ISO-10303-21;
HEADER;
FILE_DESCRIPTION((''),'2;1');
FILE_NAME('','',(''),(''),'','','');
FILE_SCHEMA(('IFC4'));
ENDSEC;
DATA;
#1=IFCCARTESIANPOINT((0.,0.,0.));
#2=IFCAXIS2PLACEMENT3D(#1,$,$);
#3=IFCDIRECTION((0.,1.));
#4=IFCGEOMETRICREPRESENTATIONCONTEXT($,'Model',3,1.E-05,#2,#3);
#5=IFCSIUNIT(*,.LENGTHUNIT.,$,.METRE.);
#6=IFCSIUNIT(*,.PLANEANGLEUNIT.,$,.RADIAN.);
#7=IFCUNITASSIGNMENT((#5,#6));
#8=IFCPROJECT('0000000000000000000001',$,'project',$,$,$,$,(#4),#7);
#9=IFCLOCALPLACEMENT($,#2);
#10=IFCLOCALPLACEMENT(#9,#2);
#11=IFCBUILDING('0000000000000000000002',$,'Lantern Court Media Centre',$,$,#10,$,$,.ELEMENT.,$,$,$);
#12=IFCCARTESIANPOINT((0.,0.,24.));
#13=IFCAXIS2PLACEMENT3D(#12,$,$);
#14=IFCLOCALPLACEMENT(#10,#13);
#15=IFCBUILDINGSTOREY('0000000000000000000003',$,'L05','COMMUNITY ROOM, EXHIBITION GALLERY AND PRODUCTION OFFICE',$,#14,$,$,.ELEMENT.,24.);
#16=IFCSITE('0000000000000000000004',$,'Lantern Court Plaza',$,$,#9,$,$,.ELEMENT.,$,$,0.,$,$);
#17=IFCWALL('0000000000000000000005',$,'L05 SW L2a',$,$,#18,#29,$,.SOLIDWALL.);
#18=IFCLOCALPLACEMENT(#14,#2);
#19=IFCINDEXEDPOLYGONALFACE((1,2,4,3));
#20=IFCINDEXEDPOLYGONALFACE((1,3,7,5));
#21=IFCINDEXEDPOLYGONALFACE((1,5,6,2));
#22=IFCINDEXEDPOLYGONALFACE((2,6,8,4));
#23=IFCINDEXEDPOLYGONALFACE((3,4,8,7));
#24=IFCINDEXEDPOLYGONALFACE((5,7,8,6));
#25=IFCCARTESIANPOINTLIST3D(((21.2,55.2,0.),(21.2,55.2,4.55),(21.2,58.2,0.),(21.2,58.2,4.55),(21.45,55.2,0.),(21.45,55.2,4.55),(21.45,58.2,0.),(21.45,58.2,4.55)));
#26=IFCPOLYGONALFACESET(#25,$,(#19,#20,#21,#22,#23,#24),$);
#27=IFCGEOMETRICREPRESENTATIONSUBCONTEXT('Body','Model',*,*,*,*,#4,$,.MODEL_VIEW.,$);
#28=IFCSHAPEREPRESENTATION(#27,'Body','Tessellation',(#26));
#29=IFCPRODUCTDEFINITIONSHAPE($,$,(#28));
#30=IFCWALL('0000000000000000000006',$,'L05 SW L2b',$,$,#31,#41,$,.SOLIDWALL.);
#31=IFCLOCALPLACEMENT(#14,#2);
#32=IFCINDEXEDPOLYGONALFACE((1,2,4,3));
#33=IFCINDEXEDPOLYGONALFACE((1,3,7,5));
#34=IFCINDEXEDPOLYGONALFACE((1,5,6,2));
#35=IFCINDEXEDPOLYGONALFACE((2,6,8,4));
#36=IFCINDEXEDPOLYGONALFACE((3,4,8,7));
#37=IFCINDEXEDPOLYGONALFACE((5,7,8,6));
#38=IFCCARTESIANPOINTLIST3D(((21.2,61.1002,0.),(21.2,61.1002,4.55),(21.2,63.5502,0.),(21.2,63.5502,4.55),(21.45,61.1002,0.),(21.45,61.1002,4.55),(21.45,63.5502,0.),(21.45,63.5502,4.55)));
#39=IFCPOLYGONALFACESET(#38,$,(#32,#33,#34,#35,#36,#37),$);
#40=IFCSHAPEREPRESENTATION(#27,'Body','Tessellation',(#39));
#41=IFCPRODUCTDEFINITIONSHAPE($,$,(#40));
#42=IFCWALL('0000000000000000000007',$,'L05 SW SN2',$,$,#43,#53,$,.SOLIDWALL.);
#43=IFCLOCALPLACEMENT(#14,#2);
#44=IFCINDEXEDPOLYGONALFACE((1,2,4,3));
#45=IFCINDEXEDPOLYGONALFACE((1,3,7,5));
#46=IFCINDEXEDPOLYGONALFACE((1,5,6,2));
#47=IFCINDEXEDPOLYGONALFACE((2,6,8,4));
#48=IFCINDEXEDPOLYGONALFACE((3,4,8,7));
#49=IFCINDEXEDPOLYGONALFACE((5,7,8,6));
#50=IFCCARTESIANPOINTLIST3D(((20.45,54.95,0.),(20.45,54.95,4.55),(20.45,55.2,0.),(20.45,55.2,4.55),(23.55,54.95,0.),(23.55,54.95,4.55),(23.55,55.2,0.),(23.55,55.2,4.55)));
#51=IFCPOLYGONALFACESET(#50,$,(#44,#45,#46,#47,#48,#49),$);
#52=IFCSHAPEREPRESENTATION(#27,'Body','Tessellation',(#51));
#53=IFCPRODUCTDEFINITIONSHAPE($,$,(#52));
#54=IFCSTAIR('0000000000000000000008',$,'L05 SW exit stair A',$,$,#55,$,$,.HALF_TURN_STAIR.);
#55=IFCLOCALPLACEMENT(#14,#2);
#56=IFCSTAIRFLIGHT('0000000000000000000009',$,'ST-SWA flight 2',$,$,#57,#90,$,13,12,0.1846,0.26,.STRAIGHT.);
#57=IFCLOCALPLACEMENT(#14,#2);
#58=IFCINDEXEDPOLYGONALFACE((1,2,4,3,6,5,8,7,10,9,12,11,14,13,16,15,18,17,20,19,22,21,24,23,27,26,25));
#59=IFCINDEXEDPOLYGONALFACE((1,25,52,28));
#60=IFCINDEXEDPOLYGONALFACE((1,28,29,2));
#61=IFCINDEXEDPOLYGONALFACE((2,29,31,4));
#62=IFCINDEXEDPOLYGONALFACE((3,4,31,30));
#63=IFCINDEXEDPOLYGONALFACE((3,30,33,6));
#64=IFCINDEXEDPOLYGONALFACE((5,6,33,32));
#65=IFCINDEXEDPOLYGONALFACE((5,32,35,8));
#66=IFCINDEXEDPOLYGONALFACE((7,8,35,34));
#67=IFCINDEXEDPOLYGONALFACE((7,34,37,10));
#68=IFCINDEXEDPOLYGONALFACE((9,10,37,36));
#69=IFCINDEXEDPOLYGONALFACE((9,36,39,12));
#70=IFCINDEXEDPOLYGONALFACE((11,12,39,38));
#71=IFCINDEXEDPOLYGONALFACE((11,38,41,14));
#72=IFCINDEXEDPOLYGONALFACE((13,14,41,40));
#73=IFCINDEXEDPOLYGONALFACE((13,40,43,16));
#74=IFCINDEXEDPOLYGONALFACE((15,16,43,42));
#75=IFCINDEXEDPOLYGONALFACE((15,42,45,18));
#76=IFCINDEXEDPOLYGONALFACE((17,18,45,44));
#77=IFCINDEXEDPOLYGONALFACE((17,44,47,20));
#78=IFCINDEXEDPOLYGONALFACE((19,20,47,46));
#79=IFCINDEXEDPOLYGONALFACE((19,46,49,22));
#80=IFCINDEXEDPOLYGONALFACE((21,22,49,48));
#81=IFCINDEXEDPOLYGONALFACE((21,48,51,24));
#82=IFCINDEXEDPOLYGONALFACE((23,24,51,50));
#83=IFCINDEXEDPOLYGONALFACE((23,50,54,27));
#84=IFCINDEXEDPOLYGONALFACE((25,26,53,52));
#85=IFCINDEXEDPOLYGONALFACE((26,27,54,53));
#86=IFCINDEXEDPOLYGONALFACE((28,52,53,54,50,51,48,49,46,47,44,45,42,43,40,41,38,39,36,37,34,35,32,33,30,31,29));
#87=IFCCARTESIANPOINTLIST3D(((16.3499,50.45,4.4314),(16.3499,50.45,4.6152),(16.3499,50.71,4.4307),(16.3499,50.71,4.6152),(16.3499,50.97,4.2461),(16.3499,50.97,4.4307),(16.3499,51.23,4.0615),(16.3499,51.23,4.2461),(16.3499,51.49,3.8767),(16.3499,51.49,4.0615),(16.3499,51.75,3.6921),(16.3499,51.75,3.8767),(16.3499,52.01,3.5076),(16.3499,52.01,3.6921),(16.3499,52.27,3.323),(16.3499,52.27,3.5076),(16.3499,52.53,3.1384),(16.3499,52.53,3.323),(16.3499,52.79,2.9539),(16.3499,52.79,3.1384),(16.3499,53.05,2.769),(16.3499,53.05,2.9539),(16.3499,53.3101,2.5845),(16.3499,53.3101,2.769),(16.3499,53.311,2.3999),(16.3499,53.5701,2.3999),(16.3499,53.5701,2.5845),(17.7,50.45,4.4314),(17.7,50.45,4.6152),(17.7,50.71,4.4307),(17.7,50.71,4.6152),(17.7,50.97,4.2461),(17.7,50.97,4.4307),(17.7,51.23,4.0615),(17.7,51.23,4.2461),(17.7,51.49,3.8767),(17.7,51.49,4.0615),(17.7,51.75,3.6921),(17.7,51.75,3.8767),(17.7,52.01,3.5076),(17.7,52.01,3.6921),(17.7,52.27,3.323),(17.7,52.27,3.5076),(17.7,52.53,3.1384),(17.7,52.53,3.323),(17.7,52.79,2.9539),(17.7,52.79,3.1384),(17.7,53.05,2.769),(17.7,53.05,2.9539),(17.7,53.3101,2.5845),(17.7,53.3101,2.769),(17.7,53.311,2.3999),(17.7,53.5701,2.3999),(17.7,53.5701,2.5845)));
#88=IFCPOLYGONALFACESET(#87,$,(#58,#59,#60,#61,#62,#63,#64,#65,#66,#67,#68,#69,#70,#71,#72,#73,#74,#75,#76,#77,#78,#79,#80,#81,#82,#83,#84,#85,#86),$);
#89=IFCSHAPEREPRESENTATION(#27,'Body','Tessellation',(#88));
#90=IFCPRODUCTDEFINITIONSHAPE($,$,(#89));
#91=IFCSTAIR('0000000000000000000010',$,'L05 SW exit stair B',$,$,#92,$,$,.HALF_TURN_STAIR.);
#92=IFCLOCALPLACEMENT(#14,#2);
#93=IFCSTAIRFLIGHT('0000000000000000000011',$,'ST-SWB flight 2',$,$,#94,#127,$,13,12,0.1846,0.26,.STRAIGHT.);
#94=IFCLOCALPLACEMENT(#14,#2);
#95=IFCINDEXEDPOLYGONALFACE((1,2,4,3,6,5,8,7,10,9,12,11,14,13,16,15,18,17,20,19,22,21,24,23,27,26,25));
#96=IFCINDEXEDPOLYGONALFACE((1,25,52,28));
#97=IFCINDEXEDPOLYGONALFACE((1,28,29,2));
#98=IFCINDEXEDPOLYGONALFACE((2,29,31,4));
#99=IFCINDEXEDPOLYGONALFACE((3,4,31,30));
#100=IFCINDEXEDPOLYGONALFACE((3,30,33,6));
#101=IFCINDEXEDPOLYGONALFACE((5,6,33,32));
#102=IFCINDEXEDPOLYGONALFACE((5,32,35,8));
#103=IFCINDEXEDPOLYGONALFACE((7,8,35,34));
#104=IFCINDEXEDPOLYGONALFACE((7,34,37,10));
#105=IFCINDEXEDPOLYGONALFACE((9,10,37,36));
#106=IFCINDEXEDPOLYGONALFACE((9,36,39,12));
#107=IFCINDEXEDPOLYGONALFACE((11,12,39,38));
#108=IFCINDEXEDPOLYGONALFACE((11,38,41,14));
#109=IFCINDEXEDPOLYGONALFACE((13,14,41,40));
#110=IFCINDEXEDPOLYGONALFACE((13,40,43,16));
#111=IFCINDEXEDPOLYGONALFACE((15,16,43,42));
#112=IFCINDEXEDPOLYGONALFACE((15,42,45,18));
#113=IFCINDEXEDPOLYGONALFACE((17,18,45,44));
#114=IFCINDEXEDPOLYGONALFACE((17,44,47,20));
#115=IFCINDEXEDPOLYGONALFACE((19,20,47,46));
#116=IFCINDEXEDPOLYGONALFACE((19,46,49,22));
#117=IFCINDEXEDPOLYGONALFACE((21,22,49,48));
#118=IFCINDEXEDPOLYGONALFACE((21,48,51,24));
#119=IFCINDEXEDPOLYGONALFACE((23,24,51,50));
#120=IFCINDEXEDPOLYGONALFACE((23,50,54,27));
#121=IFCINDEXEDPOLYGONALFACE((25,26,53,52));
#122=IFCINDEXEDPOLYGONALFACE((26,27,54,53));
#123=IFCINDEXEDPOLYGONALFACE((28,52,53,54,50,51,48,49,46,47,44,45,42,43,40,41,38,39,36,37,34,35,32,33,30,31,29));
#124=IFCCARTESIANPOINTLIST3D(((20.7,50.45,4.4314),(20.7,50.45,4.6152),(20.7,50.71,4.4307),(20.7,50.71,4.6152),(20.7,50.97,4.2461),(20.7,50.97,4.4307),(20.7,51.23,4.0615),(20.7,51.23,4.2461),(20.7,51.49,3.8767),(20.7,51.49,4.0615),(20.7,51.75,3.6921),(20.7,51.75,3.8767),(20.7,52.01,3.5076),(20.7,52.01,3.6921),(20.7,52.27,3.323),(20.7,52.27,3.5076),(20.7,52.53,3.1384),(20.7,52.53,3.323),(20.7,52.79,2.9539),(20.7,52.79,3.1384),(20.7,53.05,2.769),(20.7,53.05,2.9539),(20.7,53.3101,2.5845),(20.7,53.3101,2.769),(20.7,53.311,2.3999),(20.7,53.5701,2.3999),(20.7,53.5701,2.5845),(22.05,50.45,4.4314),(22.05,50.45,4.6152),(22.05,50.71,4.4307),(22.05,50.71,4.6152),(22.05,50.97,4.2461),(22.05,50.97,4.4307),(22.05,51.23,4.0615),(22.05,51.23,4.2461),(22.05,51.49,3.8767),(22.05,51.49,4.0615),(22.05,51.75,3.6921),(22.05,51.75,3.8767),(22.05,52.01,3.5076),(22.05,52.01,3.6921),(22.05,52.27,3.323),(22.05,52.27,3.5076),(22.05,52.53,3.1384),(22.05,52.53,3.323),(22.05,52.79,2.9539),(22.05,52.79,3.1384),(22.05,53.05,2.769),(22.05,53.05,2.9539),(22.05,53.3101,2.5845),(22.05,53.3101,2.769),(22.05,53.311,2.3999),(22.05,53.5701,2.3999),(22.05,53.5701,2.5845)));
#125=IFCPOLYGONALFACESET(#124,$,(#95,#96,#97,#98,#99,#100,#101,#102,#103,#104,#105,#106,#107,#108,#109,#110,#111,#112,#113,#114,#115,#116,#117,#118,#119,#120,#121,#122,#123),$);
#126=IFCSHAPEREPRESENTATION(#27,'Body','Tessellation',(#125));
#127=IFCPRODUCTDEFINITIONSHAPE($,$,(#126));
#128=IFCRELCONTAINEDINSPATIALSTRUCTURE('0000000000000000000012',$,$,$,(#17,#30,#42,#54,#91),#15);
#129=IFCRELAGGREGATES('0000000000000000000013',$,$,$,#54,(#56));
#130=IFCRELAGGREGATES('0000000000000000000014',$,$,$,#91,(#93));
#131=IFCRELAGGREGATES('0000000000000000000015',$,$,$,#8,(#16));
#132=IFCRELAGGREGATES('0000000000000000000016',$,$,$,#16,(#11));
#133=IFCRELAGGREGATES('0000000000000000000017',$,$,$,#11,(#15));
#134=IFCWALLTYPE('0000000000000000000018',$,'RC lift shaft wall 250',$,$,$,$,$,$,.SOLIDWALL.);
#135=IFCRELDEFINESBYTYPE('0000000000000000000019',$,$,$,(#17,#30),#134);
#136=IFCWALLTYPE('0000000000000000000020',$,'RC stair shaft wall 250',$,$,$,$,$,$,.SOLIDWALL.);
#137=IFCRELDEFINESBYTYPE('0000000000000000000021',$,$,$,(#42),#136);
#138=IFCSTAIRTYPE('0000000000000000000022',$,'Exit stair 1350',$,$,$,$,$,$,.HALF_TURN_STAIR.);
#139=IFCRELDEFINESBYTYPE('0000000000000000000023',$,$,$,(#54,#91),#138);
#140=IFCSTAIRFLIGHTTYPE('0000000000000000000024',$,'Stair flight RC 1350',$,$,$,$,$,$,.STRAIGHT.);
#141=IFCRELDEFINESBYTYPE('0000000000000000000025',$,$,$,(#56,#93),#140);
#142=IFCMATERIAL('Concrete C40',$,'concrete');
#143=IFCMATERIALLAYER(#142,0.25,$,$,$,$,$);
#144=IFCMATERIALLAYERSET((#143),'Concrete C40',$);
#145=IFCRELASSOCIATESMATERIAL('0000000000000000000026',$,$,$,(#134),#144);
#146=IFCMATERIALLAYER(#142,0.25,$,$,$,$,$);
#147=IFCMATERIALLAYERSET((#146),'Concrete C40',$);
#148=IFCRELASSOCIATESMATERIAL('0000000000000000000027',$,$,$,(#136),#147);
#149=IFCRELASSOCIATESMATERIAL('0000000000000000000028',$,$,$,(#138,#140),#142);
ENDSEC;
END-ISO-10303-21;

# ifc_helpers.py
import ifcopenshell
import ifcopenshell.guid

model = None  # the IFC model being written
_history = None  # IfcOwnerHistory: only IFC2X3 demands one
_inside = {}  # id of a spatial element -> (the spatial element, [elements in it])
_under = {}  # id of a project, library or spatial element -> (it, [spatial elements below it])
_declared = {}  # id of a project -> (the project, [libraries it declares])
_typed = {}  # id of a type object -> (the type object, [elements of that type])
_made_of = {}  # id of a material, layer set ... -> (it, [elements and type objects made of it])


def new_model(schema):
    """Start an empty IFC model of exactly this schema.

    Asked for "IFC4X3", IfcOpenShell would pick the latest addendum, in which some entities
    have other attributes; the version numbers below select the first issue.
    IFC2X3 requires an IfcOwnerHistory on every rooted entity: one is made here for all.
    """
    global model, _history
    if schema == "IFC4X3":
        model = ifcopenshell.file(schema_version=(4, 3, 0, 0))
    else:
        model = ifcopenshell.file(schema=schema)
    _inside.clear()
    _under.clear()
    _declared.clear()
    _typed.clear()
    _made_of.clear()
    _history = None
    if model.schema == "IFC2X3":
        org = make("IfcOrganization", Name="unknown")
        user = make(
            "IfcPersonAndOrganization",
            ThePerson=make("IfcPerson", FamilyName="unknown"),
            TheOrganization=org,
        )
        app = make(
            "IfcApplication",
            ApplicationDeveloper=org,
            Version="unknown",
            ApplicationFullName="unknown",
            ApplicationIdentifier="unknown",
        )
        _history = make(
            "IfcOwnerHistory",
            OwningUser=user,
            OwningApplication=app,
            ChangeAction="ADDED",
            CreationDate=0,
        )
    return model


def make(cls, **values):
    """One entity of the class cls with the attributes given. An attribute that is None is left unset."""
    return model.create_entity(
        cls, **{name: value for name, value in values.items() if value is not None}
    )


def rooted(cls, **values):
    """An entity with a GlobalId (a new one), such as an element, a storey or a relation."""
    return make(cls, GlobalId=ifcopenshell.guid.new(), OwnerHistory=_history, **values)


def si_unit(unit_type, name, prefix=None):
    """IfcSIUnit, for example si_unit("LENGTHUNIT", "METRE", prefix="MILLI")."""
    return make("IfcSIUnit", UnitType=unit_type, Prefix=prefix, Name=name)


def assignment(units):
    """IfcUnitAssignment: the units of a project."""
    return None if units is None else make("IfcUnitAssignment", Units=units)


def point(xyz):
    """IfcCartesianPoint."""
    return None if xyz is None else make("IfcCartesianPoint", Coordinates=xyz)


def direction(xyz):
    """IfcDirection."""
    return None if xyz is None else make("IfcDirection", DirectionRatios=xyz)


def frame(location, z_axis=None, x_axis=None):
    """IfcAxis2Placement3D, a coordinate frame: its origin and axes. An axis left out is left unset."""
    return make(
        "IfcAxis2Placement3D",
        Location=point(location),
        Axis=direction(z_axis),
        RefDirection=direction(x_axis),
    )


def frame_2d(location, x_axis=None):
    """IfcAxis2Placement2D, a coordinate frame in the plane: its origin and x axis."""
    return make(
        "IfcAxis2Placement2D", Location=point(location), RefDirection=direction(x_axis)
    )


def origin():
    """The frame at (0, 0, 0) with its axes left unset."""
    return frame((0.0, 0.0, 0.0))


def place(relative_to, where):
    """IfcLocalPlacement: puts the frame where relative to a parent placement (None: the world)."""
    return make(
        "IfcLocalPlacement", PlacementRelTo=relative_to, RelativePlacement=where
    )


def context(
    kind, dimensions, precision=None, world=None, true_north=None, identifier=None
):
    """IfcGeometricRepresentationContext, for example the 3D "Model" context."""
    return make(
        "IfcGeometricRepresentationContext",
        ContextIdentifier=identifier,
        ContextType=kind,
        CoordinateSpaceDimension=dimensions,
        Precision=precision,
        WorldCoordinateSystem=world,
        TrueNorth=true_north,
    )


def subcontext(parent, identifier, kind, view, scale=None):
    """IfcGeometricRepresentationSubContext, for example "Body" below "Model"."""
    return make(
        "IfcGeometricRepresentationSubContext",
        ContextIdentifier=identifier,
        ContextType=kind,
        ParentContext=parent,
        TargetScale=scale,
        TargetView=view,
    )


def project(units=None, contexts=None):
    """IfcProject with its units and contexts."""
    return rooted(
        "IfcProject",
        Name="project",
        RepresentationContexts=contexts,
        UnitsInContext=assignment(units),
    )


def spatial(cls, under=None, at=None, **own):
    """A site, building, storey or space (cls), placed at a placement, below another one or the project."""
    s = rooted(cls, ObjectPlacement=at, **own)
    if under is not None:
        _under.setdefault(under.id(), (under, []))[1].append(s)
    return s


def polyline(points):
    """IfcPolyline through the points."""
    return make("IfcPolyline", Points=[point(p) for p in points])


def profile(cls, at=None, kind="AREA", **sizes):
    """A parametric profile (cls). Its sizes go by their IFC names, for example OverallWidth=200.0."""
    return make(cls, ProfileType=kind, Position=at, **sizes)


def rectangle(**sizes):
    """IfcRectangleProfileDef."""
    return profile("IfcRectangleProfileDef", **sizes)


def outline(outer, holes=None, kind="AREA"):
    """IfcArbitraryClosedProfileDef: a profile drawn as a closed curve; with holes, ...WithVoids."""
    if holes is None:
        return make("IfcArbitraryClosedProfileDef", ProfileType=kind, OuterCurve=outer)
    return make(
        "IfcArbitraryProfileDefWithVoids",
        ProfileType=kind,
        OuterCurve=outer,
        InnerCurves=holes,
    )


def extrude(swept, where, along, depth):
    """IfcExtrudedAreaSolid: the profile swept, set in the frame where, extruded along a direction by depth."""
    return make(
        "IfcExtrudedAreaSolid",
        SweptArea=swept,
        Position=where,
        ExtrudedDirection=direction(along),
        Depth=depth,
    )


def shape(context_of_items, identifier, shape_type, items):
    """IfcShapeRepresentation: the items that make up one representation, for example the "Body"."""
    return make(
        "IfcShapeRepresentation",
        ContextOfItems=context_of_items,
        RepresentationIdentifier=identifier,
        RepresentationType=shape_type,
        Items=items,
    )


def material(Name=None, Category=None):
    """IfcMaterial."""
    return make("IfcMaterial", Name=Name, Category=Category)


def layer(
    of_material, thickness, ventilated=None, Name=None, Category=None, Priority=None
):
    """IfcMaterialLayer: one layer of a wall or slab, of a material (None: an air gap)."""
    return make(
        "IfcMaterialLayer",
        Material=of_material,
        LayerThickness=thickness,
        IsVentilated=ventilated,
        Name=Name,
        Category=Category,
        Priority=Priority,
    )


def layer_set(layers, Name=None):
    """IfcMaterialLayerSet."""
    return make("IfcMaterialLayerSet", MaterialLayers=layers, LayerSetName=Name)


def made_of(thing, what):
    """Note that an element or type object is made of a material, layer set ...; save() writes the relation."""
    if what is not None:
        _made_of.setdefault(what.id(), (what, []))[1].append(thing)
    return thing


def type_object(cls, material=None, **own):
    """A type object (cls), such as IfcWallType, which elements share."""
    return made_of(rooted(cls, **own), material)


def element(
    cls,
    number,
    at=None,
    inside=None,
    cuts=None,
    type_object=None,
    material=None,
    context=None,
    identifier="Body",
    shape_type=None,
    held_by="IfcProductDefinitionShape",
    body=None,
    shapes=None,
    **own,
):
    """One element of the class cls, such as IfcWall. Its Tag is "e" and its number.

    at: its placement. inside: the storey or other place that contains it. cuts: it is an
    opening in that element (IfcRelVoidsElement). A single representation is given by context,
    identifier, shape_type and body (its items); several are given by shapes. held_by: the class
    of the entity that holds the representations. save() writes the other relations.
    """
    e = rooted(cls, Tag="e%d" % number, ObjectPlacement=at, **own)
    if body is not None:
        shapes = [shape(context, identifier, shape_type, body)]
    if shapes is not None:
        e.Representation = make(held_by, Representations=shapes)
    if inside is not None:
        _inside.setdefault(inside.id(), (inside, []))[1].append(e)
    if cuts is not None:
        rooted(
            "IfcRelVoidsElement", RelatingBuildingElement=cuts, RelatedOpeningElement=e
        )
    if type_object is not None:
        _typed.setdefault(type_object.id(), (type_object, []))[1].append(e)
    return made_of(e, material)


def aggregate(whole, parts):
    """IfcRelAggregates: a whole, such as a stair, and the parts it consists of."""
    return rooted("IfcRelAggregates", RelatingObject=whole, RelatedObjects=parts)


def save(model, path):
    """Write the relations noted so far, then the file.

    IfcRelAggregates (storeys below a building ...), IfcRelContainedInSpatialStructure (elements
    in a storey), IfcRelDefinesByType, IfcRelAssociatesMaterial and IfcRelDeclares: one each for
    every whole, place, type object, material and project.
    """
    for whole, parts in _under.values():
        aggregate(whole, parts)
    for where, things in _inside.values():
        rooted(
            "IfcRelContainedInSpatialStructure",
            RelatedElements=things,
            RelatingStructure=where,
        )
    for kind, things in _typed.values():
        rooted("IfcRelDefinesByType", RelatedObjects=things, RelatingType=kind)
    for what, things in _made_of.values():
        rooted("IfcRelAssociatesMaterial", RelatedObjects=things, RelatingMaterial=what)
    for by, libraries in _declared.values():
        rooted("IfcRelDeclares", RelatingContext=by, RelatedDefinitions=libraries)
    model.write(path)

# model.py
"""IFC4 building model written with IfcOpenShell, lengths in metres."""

from ifc_helpers import new_model, si_unit, direction, frame, frame_2d, origin, place, context, subcontext, project, spatial, polyline, rectangle, outline, extrude, material, layer, layer_set, type_object, element, aggregate, save


model = new_model("IFC4")

# Units and contexts
model_context = context("Model", 3, precision=1e-05, world=origin(), true_north=direction((0.0, 1.0)))
body_context = subcontext(model_context, "Body", "Model", "MODEL_VIEW")
ifc_project = project(units=[si_unit("LENGTHUNIT", "METRE"), si_unit("PLANEANGLEUNIT", "RADIAN")], contexts=[model_context])

# Site, building, storey
site_placement = place(None, origin())
site = spatial("IfcSite", under=ifc_project, at=site_placement, Name="Lantern Court Plaza", CompositionType="ELEMENT", RefElevation=0.0)
building_placement = place(site_placement, origin())
building = spatial("IfcBuilding", under=site, at=building_placement, Name="Lantern Court Media Centre", CompositionType="ELEMENT")
storey_placement = place(building_placement, frame((0.0, 0.0, 24.0)))
storey = spatial("IfcBuildingStorey", under=building, at=storey_placement, Name="L05", Description="COMMUNITY ROOM, EXHIBITION GALLERY AND PRODUCTION OFFICE", CompositionType="ELEMENT", Elevation=24.0)

# Shared definitions
ifc_material_1 = material(Name="Concrete C40", Category="concrete")

# Walls
ifc_layer_1 = layer(ifc_material_1, 0.25)
ifc_layer_set_1 = layer_set([ifc_layer_1], Name="Concrete C40")
wall_type_1 = type_object("IfcWallType", Name="RC lift shaft wall 250", PredefinedType="SOLIDWALL", material=ifc_layer_set_1)
wall_1_placement = place(storey_placement, frame((21.325, 55.2, 0.0), z_axis=(0.0, 0.0, 1.0), x_axis=(0.0, 1.0, 0.0)))
element("IfcWall", 1, at=wall_1_placement, inside=storey, type_object=wall_type_1, Name="L05 SW L2a", PredefinedType="SOLIDWALL", context=body_context, shape_type="SweptSolid", body=[
    extrude(rectangle(XDim=3.0, YDim=0.25, at=frame_2d((1.5, 0.0))), origin(), (0.0, 0.0, 1.0), 4.55),
])
wall_2_placement = place(storey_placement, frame((21.325, 61.1001, 0.0), z_axis=(0.0, 0.0, 1.0), x_axis=(0.0, 1.0, 0.0)))
element("IfcWall", 2, at=wall_2_placement, inside=storey, type_object=wall_type_1, Name="L05 SW L2b", PredefinedType="SOLIDWALL", context=body_context, shape_type="SweptSolid", body=[
    extrude(rectangle(XDim=2.45, YDim=0.25, at=frame_2d((1.2251, 0.0))), origin(), (0.0, 0.0, 1.0), 4.55),
])
ifc_layer_2 = layer(ifc_material_1, 0.25)
ifc_layer_set_2 = layer_set([ifc_layer_2], Name="Concrete C40")
wall_type_2 = type_object("IfcWallType", Name="RC stair shaft wall 250", PredefinedType="SOLIDWALL", material=ifc_layer_set_2)
wall_3_placement = place(storey_placement, frame((20.45, 55.075, 0.0), z_axis=(0.0, 0.0, 1.0), x_axis=(1.0, 0.0, 0.0)))
element("IfcWall", 3, at=wall_3_placement, inside=storey, type_object=wall_type_2, Name="L05 SW SN2", PredefinedType="SOLIDWALL", context=body_context, shape_type="SweptSolid", body=[
    extrude(rectangle(XDim=3.1001, YDim=0.25, at=frame_2d((1.55, 0.0))), origin(), (0.0, 0.0, 1.0), 4.55),
])

# Stairs, stair flights
stair_type = type_object("IfcStairType", Name="Exit stair 1350", PredefinedType="HALF_TURN_STAIR", material=ifc_material_1)
stair_1_placement = place(storey_placement, origin())
stair_1 = element("IfcStair", 4, at=stair_1_placement, inside=storey, type_object=stair_type, Name="L05 SW exit stair A", PredefinedType="HALF_TURN_STAIR")
stair_flight_type = type_object("IfcStairFlightType", Name="Stair flight RC 1350", PredefinedType="STRAIGHT", material=ifc_material_1)
stair_flight_1_placement = place(storey_placement, frame((17.0249, 53.5701, 2.3999), z_axis=(0.0, 0.0, 1.0), x_axis=(0.0, -1.0, 0.0)))
stair_flight_1 = element("IfcStairFlight", 5, at=stair_flight_1_placement, type_object=stair_flight_type, Name="ST-SWA flight 2", NumberOfRisers=13, NumberOfTreads=12, PredefinedType="STRAIGHT", RiserHeight=0.1846, TreadLength=0.26, context=body_context, shape_type="SweptSolid", body=[
    extrude(outline(polyline([(0.0, 0.0), (0.0, 0.1846), (0.26, 0.1846), (0.26, 0.3691), (0.52, 0.3691), (0.52, 0.554), (0.78, 0.554), (0.78, 0.7385), (1.04, 0.7385), (1.04, 0.9231), (1.3, 0.9231), (1.3, 1.1077), (1.5601, 1.1077), (1.5601, 1.2922), (1.8201, 1.2922), (1.8201, 1.4768), (2.0801, 1.4768), (2.0801, 1.6616), (2.3401, 1.6616), (2.3401, 1.8462), (2.6001, 1.8462), (2.6001, 2.0308), (2.8601, 2.0308), (2.8601, 2.2153), (3.1201, 2.2153), (3.1201, 2.3999), (3.1201, 2.0315), (0.259, 0.0), (0.0, 0.0)])), frame((0.0, 0.675, 0.0), z_axis=(0.0, -1.0, 0.0), x_axis=(1.0, 0.0, 0.0)), (0.0, 0.0, 1.0), 1.3501),
])
aggregate(stair_1, [stair_flight_1])
stair_2_placement = place(storey_placement, origin())
stair_2 = element("IfcStair", 6, at=stair_2_placement, inside=storey, type_object=stair_type, Name="L05 SW exit stair B", PredefinedType="HALF_TURN_STAIR")
stair_flight_2_placement = place(storey_placement, frame((21.375, 53.5701, 2.3999), z_axis=(0.0, 0.0, 1.0), x_axis=(0.0, -1.0, 0.0)))
stair_flight_2 = element("IfcStairFlight", 7, at=stair_flight_2_placement, type_object=stair_flight_type, Name="ST-SWB flight 2", NumberOfRisers=13, NumberOfTreads=12, PredefinedType="STRAIGHT", RiserHeight=0.1846, TreadLength=0.26, context=body_context, shape_type="SweptSolid", body=[
    extrude(outline(polyline([(0.0, 0.0), (0.0, 0.1846), (0.26, 0.1846), (0.26, 0.3691), (0.52, 0.3691), (0.52, 0.554), (0.78, 0.554), (0.78, 0.7385), (1.04, 0.7385), (1.04, 0.9231), (1.3, 0.9231), (1.3, 1.1077), (1.5601, 1.1077), (1.5601, 1.2922), (1.8201, 1.2922), (1.8201, 1.4768), (2.0801, 1.4768), (2.0801, 1.6616), (2.3401, 1.6616), (2.3401, 1.8462), (2.6001, 1.8462), (2.6001, 2.0308), (2.8601, 2.0308), (2.8601, 2.2153), (3.1201, 2.2153), (3.1201, 2.3999), (3.1201, 2.0315), (0.259, 0.0), (0.0, 0.0)])), frame((0.0, 0.675, 0.0), z_axis=(0.0, -1.0, 0.0), x_axis=(1.0, 0.0, 0.0)), (0.0, 0.0, 1.0), 1.3501),
])
aggregate(stair_2, [stair_flight_2])

save(model, "model.ifc")
